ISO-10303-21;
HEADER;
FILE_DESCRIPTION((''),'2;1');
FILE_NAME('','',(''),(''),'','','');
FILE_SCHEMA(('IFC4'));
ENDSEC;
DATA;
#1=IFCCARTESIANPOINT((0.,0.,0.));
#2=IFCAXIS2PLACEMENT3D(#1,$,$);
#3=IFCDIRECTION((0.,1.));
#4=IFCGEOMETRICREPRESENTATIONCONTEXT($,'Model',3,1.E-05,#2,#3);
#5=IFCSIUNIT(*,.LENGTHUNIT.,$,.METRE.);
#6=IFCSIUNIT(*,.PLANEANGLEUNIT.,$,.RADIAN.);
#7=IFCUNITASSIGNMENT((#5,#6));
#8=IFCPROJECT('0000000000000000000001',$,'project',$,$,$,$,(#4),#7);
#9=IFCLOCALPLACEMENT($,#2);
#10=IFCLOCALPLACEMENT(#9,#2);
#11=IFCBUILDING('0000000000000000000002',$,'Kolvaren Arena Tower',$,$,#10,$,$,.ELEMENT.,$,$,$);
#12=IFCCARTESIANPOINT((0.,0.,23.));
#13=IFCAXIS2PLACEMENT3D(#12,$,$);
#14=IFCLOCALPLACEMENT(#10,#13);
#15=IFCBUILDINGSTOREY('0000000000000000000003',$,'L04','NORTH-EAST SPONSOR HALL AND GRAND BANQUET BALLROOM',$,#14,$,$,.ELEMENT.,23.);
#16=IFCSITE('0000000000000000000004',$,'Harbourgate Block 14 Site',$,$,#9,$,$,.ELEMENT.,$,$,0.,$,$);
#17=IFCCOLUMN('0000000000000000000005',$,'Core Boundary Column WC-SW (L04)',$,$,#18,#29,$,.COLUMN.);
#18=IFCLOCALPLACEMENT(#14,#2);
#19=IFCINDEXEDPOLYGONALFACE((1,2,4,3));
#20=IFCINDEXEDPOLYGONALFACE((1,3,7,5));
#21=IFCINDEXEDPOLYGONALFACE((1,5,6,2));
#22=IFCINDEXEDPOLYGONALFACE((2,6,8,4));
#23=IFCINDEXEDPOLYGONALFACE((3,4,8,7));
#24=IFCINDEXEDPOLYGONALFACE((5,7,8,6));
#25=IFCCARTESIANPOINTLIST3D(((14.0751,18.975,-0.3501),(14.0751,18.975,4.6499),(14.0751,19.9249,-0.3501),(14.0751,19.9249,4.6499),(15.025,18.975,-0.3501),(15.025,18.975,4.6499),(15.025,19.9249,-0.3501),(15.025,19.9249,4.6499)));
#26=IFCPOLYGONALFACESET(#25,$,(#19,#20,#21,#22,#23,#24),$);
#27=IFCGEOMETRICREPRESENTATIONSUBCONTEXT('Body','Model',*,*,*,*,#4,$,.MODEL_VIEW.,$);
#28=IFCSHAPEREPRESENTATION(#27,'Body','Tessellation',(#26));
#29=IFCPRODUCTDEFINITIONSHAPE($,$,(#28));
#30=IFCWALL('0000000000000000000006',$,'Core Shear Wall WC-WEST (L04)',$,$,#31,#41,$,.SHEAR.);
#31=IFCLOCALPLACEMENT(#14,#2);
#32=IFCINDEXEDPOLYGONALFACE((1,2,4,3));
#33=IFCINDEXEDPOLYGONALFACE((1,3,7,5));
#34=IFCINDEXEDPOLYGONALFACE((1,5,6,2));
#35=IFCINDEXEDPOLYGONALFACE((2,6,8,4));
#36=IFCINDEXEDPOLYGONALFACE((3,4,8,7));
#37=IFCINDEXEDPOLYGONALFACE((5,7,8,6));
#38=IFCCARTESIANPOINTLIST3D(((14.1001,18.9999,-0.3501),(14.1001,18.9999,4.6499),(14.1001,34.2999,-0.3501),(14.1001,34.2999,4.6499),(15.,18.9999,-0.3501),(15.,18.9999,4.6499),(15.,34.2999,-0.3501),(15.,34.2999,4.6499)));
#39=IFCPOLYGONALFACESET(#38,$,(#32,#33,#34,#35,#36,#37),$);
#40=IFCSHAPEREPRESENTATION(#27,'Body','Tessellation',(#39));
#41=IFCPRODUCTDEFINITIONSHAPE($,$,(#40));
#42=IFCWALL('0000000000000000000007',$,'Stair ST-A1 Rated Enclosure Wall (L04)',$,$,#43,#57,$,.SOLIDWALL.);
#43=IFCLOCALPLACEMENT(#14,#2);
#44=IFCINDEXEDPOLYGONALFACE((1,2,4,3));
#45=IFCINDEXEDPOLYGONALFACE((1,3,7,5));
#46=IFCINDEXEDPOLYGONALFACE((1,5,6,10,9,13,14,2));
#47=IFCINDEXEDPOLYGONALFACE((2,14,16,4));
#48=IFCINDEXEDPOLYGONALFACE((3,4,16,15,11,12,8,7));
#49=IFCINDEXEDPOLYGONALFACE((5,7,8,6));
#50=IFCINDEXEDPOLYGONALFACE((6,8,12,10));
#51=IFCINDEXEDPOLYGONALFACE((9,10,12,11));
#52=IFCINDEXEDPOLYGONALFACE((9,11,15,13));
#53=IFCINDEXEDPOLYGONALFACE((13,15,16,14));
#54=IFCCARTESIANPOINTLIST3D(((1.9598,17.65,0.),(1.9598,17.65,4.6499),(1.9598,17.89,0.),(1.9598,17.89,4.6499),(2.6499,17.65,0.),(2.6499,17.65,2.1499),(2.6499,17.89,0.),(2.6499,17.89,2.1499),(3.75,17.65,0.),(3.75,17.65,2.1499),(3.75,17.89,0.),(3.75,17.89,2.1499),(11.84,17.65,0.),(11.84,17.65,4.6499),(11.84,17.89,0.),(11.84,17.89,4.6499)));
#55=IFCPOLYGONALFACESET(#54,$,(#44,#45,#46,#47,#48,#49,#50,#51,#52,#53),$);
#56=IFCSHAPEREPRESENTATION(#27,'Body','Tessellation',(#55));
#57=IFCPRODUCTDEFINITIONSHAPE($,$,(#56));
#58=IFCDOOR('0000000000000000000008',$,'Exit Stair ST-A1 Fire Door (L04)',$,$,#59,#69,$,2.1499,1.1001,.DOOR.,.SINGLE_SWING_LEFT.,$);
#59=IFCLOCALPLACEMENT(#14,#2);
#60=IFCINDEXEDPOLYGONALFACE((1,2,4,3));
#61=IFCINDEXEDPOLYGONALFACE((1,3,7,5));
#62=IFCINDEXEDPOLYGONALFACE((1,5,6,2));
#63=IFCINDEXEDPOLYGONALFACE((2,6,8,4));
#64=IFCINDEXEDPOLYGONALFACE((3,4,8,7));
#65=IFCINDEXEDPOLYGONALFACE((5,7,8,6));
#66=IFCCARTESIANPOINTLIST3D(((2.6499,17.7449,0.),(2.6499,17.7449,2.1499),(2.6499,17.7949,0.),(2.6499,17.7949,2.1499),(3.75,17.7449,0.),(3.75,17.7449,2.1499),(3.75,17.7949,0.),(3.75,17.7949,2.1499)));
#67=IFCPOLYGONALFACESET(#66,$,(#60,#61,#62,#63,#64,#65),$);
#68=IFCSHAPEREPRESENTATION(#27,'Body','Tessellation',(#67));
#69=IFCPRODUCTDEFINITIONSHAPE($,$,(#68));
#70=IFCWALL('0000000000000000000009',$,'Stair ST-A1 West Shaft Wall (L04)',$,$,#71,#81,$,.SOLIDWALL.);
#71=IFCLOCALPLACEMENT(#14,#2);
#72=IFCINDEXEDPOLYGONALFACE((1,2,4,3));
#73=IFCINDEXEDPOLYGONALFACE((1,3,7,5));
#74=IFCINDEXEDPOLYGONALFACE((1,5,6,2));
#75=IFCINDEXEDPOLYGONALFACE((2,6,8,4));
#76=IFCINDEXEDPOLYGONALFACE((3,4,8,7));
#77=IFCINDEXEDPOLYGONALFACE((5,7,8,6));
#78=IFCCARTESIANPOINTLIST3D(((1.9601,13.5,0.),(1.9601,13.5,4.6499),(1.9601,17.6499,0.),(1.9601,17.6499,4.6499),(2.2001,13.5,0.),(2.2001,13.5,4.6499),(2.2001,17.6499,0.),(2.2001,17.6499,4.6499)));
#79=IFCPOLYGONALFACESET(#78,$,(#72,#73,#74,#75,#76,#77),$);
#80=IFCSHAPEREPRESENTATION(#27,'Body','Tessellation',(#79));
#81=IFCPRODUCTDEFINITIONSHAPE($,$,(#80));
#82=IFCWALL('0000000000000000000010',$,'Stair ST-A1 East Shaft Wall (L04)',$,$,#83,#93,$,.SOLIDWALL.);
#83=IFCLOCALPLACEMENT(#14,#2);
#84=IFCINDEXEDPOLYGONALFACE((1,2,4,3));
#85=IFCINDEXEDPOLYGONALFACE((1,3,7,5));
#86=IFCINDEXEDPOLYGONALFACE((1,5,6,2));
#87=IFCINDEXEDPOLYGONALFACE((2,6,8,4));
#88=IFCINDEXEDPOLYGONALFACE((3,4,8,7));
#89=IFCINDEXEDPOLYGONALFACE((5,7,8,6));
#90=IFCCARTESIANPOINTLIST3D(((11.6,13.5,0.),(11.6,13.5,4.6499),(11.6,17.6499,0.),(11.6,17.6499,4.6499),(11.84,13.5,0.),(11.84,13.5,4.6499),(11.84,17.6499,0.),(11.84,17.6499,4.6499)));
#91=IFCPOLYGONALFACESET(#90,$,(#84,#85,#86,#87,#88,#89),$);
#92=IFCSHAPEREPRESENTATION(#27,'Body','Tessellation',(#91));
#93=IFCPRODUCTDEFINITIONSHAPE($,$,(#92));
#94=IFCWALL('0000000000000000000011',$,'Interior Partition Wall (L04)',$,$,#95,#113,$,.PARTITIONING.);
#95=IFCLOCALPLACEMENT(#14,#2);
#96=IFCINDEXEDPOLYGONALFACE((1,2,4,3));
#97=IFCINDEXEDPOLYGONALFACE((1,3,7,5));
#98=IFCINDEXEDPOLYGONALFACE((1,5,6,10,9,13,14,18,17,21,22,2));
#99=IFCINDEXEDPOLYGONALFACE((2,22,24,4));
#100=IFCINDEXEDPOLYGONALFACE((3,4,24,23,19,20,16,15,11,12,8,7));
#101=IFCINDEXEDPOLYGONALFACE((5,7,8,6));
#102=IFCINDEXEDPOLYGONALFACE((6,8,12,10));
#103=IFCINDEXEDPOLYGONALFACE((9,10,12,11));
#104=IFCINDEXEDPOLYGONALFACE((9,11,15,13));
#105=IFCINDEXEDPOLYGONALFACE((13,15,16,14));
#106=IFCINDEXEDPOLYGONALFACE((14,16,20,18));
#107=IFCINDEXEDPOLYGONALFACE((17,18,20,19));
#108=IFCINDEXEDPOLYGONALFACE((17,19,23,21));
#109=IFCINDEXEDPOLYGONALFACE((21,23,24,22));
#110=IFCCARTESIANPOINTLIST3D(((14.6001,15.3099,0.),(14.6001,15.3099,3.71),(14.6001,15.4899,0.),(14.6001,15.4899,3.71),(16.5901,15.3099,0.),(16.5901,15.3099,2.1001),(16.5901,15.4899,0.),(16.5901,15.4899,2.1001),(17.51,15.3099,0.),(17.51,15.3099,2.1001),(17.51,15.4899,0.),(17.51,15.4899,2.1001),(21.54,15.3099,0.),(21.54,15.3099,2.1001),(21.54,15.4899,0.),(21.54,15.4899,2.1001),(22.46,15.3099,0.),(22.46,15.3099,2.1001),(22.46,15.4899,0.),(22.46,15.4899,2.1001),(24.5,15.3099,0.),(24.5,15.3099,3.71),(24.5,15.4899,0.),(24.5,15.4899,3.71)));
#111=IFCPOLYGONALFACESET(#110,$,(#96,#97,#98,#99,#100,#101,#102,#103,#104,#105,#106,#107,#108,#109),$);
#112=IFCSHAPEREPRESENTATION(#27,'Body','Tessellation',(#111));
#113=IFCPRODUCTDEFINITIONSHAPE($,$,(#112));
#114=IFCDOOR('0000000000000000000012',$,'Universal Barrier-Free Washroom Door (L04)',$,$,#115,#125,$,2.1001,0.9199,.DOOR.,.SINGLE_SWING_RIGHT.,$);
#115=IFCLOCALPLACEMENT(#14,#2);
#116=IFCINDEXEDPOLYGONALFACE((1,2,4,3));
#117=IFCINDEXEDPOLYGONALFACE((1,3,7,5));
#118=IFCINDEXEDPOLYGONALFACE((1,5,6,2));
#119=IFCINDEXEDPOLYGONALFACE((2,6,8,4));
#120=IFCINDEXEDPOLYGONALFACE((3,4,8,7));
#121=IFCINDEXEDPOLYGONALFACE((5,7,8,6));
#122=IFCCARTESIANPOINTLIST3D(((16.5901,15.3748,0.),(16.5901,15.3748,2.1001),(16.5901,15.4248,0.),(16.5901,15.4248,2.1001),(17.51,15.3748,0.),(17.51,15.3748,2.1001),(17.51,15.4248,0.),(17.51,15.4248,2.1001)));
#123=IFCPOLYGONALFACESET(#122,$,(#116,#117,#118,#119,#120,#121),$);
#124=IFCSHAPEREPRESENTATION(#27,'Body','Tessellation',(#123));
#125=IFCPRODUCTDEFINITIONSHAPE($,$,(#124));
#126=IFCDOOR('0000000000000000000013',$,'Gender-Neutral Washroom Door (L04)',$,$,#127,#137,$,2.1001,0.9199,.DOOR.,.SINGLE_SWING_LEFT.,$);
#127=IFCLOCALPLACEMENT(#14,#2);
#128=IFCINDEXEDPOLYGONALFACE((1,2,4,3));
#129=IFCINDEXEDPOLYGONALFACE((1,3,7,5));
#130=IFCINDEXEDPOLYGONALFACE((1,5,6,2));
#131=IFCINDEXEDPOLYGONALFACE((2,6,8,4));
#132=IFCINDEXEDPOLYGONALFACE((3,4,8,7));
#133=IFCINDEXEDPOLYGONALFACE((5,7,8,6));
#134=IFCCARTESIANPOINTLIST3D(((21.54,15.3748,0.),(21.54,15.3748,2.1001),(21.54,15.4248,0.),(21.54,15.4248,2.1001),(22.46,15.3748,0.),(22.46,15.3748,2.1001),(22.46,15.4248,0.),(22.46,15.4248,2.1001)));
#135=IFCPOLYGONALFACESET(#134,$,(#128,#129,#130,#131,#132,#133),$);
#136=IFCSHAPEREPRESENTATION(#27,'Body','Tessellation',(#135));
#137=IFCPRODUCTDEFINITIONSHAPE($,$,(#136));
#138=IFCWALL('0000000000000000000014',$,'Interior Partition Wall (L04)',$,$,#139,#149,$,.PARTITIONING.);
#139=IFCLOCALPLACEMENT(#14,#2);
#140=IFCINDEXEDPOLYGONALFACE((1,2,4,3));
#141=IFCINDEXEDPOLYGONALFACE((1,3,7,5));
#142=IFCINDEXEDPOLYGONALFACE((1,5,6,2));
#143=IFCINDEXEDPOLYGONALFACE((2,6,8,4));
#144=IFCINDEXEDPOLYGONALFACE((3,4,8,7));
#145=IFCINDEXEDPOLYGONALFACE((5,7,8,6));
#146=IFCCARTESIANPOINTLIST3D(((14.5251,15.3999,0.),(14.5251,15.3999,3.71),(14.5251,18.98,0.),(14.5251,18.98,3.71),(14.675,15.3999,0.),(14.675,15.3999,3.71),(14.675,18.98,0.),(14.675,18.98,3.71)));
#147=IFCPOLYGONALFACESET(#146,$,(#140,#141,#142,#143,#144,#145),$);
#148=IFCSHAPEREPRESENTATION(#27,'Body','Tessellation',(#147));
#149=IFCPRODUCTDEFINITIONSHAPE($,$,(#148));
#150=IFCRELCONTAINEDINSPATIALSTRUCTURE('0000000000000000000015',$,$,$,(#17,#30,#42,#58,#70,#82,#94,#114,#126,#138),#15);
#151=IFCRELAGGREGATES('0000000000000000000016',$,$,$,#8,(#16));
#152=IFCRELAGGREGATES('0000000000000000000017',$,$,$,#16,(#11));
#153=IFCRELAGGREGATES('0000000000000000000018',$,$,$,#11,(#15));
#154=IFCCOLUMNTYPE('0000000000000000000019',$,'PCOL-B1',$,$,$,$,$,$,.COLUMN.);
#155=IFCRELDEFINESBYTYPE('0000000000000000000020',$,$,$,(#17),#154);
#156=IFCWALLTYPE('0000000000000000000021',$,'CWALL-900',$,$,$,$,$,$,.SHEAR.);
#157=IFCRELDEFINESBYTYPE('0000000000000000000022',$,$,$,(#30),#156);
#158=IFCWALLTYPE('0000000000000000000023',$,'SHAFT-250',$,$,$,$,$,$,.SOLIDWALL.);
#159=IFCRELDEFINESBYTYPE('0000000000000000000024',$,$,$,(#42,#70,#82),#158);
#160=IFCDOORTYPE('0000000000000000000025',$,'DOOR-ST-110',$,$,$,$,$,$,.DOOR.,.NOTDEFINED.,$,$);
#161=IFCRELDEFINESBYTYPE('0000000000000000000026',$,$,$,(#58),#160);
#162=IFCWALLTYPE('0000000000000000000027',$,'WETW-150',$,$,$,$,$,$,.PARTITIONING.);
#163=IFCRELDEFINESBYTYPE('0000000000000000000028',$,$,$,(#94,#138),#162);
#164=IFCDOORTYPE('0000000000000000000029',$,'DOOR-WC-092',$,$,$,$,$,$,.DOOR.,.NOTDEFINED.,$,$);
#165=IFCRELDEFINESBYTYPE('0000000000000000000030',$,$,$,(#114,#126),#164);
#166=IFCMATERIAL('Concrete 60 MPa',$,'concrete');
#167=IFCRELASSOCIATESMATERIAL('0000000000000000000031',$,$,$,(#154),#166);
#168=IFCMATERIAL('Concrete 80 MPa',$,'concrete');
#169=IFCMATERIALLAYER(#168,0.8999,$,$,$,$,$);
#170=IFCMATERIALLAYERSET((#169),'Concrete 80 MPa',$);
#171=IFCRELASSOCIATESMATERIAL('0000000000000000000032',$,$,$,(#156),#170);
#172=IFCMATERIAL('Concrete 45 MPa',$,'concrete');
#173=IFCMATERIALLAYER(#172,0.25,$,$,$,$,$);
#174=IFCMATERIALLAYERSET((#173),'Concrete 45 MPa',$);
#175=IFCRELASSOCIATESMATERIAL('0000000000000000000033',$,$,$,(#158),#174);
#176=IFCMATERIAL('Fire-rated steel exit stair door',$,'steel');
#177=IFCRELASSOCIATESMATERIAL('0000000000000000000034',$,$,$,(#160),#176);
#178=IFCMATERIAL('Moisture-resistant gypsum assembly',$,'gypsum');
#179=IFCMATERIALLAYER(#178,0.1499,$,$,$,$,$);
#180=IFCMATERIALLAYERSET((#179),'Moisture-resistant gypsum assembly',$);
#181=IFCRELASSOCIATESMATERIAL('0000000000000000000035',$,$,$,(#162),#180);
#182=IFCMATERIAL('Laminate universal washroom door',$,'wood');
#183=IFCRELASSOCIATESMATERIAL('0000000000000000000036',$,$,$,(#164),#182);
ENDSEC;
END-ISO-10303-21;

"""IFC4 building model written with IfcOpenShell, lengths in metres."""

from ifc_helpers import new_model, si_unit, direction, frame, frame_2d, origin, origin_2d, place, context, subcontext, project, spatial, rectangle, extrude, material, layer, layer_set, material_profile, profile_set, type_object, element, fill, save


model = new_model("IFC4")

# Units and contexts
model_context = context("Model", 3, precision=1e-05, world=origin(), true_north=direction((0.0, 1.0)))
body_context = subcontext(model_context, "Body", "Model", "MODEL_VIEW")
ifc_project = project(units=[si_unit("LENGTHUNIT", "METRE"), si_unit("PLANEANGLEUNIT", "RADIAN")], contexts=[model_context])

# Site, building, storey
site_placement = place(None, origin())
site = spatial("IfcSite", under=ifc_project, at=site_placement, Name="Harbourgate Block 14 Site", CompositionType="ELEMENT", RefElevation=0.0)
building_placement = place(site_placement, origin())
building = spatial("IfcBuilding", under=site, at=building_placement, Name="Kolvaren Arena Tower", CompositionType="ELEMENT")
storey_placement = place(building_placement, frame((0.0, 0.0, 23.0)))
storey = spatial("IfcBuildingStorey", under=building, at=storey_placement, Name="L04", Description="NORTH-EAST SPONSOR HALL AND GRAND BANQUET BALLROOM", CompositionType="ELEMENT", Elevation=23.0)

# Column
ifc_material_1 = material(Name="Concrete 60 MPa", Category="concrete")
ifc_material_profile = material_profile(ifc_material_1, rectangle(XDim=0.95, YDim=0.95, at=origin_2d()), Name="RC-950x950")
ifc_profile_set = profile_set([ifc_material_profile], Name="Concrete 60 MPa")
column_type = type_object("IfcColumnType", Name="PCOL-B1", PredefinedType="COLUMN", material=ifc_profile_set)
column_placement = place(storey_placement, frame((14.55, 19.45, -0.3501), z_axis=(0.0, 0.0, 1.0), x_axis=(1.0, 0.0, 0.0)))
element("IfcColumn", 1, at=column_placement, inside=storey, type_object=column_type, Name="Core Boundary Column WC-SW (L04)", PredefinedType="COLUMN", context=body_context, shape_type="SweptSolid", body=[
    extrude(rectangle(XDim=0.95, YDim=0.95, at=origin_2d()), origin(), (0.0, 0.0, 1.0), 5.0),
])

# Wall
ifc_material_2 = material(Name="Concrete 80 MPa", Category="concrete")
ifc_layer_1 = layer(ifc_material_2, 0.8999)
ifc_layer_set_1 = layer_set([ifc_layer_1], Name="Concrete 80 MPa")
wall_type_1 = type_object("IfcWallType", Name="CWALL-900", PredefinedType="SHEAR", material=ifc_layer_set_1)
wall_1_placement = place(storey_placement, frame((14.55, 19.0, -0.3501), z_axis=(0.0, 0.0, 1.0), x_axis=(0.0, 1.0, 0.0)))
element("IfcWall", 2, at=wall_1_placement, inside=storey, type_object=wall_type_1, Name="Core Shear Wall WC-WEST (L04)", PredefinedType="SHEAR", context=body_context, shape_type="SweptSolid", body=[
    extrude(rectangle(XDim=15.3, YDim=0.8999, at=frame_2d((7.6499, 0.0))), origin(), (0.0, 0.0, 1.0), 5.0),
])

# Wall, opening, door
ifc_material_3 = material(Name="Concrete 45 MPa", Category="concrete")
ifc_layer_2 = layer(ifc_material_3, 0.25)
ifc_layer_set_2 = layer_set([ifc_layer_2], Name="Concrete 45 MPa")
wall_type_2 = type_object("IfcWallType", Name="SHAFT-250", PredefinedType="SOLIDWALL", material=ifc_layer_set_2)
wall_2_placement = place(storey_placement, frame((1.96, 17.77, 0.0), z_axis=(0.0, 0.0, 1.0), x_axis=(1.0, 0.0, 0.0)))
wall_2 = element("IfcWall", 3, at=wall_2_placement, inside=storey, type_object=wall_type_2, Name="Stair ST-A1 Rated Enclosure Wall (L04)", PredefinedType="SOLIDWALL", context=body_context, shape_type="SweptSolid", body=[
    extrude(rectangle(XDim=9.8801, YDim=0.24, at=frame_2d((4.9399, 0.0))), origin(), (0.0, 0.0, 1.0), 4.6499),
])
opening_1_placement = place(wall_2_placement, frame((0.6899, 0.0, 0.0)))
opening_1 = element("IfcOpeningElement", 4, at=opening_1_placement, cuts=wall_2, PredefinedType="OPENING", context=body_context, shape_type="SweptSolid", body=[
    extrude(rectangle(XDim=1.1001, YDim=2.1499, at=frame_2d((0.55, 1.075))), frame((0.0, 0.1299, 0.0), z_axis=(0.0, -1.0, 0.0), x_axis=(1.0, 0.0, 0.0)), (0.0, 0.0, 1.0), 0.26),
])
ifc_material_4 = material(Name="Fire-rated steel exit stair door", Category="steel")
door_type_1 = type_object("IfcDoorType", Name="DOOR-ST-110", OperationType="NOTDEFINED", PredefinedType="DOOR", material=ifc_material_4)
door_1_placement = place(opening_1_placement, origin())
door_1 = element("IfcDoor", 5, at=door_1_placement, inside=storey, type_object=door_type_1, Name="Exit Stair ST-A1 Fire Door (L04)", OperationType="SINGLE_SWING_LEFT", OverallHeight=2.1499, OverallWidth=1.1001, PredefinedType="DOOR", context=body_context, shape_type="SweptSolid", body=[
    extrude(rectangle(XDim=1.1001, YDim=2.1499, at=frame_2d((0.55, 1.075))), frame((0.0, 0.0249, 0.0), z_axis=(0.0, -1.0, 0.0), x_axis=(1.0, 0.0, 0.0)), (0.0, 0.0, 1.0), 0.05),
])
fill(opening_1, door_1)

# Walls
for number, where, z_axis, x_axis, name in (
    (6, (2.0801, 13.5, 0.0), (0.0, 0.0, 1.0), (0.0, 1.0, 0.0), "Stair ST-A1 West Shaft Wall (L04)"),
    (7, (11.72, 13.5, 0.0), (0.0, 0.0, 1.0), (0.0, 1.0, 0.0), "Stair ST-A1 East Shaft Wall (L04)"),
):
    element("IfcWall", number, at=place(storey_placement, frame(where, z_axis=z_axis, x_axis=x_axis)), inside=storey, type_object=wall_type_2, Name=name, PredefinedType="SOLIDWALL", context=body_context, shape_type="SweptSolid", body=[
        extrude(rectangle(XDim=4.1499, YDim=0.24, at=frame_2d((2.075, 0.0))), origin(), (0.0, 0.0, 1.0), 4.6499),
    ])

# Wall, openings, doors
ifc_material_5 = material(Name="Moisture-resistant gypsum assembly", Category="gypsum")
ifc_layer_3 = layer(ifc_material_5, 0.1499)
ifc_layer_set_3 = layer_set([ifc_layer_3], Name="Moisture-resistant gypsum assembly")
wall_type_3 = type_object("IfcWallType", Name="WETW-150", PredefinedType="PARTITIONING", material=ifc_layer_set_3)
wall_3_placement = place(storey_placement, frame((14.6001, 15.3999, 0.0), z_axis=(0.0, 0.0, 1.0), x_axis=(1.0, 0.0, 0.0)))
wall_3 = element("IfcWall", 8, at=wall_3_placement, inside=storey, type_object=wall_type_3, Name="Interior Partition Wall (L04)", PredefinedType="PARTITIONING", context=body_context, shape_type="SweptSolid", body=[
    extrude(rectangle(XDim=9.8999, YDim=0.1799, at=frame_2d((4.95, 0.0))), origin(), (0.0, 0.0, 1.0), 3.71),
])
opening_2_placement = place(wall_3_placement, frame((1.99, 0.0, 0.0)))
opening_2 = element("IfcOpeningElement", 9, at=opening_2_placement, cuts=wall_3, PredefinedType="OPENING", context=body_context, shape_type="SweptSolid", body=[
    extrude(rectangle(XDim=0.9199, YDim=2.1001, at=frame_2d((0.46, 1.05))), frame((0.0, 0.0999, 0.0), z_axis=(0.0, -1.0, 0.0), x_axis=(1.0, 0.0, 0.0)), (0.0, 0.0, 1.0), 0.2),
])
opening_3_placement = place(wall_3_placement, frame((6.9399, 0.0, 0.0)))
opening_3 = element("IfcOpeningElement", 10, at=opening_3_placement, cuts=wall_3, PredefinedType="OPENING", context=body_context, shape_type="SweptSolid", body=[
    extrude(rectangle(XDim=0.9199, YDim=2.1001, at=frame_2d((0.46, 1.05))), frame((0.0, 0.0999, 0.0), z_axis=(0.0, -1.0, 0.0), x_axis=(1.0, 0.0, 0.0)), (0.0, 0.0, 1.0), 0.2),
])
ifc_material_6 = material(Name="Laminate universal washroom door", Category="wood")
door_type_2 = type_object("IfcDoorType", Name="DOOR-WC-092", OperationType="NOTDEFINED", PredefinedType="DOOR", material=ifc_material_6)
door_2_placement = place(opening_2_placement, origin())
door_2 = element("IfcDoor", 11, at=door_2_placement, inside=storey, type_object=door_type_2, Name="Universal Barrier-Free Washroom Door (L04)", OperationType="SINGLE_SWING_RIGHT", OverallHeight=2.1001, OverallWidth=0.9199, PredefinedType="DOOR", context=body_context, shape_type="SweptSolid", body=[
    extrude(rectangle(XDim=0.9199, YDim=2.1001, at=frame_2d((0.46, 1.05))), frame((0.0, 0.0249, 0.0), z_axis=(0.0, -1.0, 0.0), x_axis=(1.0, 0.0, 0.0)), (0.0, 0.0, 1.0), 0.05),
])
fill(opening_2, door_2)
door_3_placement = place(opening_3_placement, origin())
door_3 = element("IfcDoor", 12, at=door_3_placement, inside=storey, type_object=door_type_2, Name="Gender-Neutral Washroom Door (L04)", OperationType="SINGLE_SWING_LEFT", OverallHeight=2.1001, OverallWidth=0.9199, PredefinedType="DOOR", context=body_context, shape_type="SweptSolid", body=[
    extrude(rectangle(XDim=0.9199, YDim=2.1001, at=frame_2d((0.46, 1.05))), frame((0.0, 0.0249, 0.0), z_axis=(0.0, -1.0, 0.0), x_axis=(1.0, 0.0, 0.0)), (0.0, 0.0, 1.0), 0.05),
])
fill(opening_3, door_3)

# Wall
wall_4_placement = place(storey_placement, frame((14.6001, 15.3999, 0.0), z_axis=(0.0, 0.0, 1.0), x_axis=(0.0, 1.0, 0.0)))
element("IfcWall", 13, at=wall_4_placement, inside=storey, type_object=wall_type_3, Name="Interior Partition Wall (L04)", PredefinedType="PARTITIONING", context=body_context, shape_type="SweptSolid", body=[
    extrude(rectangle(XDim=3.5801, YDim=0.1499, at=frame_2d((1.79, 0.0))), origin(), (0.0, 0.0, 1.0), 3.71),
])

save(model, "model.ifc")
